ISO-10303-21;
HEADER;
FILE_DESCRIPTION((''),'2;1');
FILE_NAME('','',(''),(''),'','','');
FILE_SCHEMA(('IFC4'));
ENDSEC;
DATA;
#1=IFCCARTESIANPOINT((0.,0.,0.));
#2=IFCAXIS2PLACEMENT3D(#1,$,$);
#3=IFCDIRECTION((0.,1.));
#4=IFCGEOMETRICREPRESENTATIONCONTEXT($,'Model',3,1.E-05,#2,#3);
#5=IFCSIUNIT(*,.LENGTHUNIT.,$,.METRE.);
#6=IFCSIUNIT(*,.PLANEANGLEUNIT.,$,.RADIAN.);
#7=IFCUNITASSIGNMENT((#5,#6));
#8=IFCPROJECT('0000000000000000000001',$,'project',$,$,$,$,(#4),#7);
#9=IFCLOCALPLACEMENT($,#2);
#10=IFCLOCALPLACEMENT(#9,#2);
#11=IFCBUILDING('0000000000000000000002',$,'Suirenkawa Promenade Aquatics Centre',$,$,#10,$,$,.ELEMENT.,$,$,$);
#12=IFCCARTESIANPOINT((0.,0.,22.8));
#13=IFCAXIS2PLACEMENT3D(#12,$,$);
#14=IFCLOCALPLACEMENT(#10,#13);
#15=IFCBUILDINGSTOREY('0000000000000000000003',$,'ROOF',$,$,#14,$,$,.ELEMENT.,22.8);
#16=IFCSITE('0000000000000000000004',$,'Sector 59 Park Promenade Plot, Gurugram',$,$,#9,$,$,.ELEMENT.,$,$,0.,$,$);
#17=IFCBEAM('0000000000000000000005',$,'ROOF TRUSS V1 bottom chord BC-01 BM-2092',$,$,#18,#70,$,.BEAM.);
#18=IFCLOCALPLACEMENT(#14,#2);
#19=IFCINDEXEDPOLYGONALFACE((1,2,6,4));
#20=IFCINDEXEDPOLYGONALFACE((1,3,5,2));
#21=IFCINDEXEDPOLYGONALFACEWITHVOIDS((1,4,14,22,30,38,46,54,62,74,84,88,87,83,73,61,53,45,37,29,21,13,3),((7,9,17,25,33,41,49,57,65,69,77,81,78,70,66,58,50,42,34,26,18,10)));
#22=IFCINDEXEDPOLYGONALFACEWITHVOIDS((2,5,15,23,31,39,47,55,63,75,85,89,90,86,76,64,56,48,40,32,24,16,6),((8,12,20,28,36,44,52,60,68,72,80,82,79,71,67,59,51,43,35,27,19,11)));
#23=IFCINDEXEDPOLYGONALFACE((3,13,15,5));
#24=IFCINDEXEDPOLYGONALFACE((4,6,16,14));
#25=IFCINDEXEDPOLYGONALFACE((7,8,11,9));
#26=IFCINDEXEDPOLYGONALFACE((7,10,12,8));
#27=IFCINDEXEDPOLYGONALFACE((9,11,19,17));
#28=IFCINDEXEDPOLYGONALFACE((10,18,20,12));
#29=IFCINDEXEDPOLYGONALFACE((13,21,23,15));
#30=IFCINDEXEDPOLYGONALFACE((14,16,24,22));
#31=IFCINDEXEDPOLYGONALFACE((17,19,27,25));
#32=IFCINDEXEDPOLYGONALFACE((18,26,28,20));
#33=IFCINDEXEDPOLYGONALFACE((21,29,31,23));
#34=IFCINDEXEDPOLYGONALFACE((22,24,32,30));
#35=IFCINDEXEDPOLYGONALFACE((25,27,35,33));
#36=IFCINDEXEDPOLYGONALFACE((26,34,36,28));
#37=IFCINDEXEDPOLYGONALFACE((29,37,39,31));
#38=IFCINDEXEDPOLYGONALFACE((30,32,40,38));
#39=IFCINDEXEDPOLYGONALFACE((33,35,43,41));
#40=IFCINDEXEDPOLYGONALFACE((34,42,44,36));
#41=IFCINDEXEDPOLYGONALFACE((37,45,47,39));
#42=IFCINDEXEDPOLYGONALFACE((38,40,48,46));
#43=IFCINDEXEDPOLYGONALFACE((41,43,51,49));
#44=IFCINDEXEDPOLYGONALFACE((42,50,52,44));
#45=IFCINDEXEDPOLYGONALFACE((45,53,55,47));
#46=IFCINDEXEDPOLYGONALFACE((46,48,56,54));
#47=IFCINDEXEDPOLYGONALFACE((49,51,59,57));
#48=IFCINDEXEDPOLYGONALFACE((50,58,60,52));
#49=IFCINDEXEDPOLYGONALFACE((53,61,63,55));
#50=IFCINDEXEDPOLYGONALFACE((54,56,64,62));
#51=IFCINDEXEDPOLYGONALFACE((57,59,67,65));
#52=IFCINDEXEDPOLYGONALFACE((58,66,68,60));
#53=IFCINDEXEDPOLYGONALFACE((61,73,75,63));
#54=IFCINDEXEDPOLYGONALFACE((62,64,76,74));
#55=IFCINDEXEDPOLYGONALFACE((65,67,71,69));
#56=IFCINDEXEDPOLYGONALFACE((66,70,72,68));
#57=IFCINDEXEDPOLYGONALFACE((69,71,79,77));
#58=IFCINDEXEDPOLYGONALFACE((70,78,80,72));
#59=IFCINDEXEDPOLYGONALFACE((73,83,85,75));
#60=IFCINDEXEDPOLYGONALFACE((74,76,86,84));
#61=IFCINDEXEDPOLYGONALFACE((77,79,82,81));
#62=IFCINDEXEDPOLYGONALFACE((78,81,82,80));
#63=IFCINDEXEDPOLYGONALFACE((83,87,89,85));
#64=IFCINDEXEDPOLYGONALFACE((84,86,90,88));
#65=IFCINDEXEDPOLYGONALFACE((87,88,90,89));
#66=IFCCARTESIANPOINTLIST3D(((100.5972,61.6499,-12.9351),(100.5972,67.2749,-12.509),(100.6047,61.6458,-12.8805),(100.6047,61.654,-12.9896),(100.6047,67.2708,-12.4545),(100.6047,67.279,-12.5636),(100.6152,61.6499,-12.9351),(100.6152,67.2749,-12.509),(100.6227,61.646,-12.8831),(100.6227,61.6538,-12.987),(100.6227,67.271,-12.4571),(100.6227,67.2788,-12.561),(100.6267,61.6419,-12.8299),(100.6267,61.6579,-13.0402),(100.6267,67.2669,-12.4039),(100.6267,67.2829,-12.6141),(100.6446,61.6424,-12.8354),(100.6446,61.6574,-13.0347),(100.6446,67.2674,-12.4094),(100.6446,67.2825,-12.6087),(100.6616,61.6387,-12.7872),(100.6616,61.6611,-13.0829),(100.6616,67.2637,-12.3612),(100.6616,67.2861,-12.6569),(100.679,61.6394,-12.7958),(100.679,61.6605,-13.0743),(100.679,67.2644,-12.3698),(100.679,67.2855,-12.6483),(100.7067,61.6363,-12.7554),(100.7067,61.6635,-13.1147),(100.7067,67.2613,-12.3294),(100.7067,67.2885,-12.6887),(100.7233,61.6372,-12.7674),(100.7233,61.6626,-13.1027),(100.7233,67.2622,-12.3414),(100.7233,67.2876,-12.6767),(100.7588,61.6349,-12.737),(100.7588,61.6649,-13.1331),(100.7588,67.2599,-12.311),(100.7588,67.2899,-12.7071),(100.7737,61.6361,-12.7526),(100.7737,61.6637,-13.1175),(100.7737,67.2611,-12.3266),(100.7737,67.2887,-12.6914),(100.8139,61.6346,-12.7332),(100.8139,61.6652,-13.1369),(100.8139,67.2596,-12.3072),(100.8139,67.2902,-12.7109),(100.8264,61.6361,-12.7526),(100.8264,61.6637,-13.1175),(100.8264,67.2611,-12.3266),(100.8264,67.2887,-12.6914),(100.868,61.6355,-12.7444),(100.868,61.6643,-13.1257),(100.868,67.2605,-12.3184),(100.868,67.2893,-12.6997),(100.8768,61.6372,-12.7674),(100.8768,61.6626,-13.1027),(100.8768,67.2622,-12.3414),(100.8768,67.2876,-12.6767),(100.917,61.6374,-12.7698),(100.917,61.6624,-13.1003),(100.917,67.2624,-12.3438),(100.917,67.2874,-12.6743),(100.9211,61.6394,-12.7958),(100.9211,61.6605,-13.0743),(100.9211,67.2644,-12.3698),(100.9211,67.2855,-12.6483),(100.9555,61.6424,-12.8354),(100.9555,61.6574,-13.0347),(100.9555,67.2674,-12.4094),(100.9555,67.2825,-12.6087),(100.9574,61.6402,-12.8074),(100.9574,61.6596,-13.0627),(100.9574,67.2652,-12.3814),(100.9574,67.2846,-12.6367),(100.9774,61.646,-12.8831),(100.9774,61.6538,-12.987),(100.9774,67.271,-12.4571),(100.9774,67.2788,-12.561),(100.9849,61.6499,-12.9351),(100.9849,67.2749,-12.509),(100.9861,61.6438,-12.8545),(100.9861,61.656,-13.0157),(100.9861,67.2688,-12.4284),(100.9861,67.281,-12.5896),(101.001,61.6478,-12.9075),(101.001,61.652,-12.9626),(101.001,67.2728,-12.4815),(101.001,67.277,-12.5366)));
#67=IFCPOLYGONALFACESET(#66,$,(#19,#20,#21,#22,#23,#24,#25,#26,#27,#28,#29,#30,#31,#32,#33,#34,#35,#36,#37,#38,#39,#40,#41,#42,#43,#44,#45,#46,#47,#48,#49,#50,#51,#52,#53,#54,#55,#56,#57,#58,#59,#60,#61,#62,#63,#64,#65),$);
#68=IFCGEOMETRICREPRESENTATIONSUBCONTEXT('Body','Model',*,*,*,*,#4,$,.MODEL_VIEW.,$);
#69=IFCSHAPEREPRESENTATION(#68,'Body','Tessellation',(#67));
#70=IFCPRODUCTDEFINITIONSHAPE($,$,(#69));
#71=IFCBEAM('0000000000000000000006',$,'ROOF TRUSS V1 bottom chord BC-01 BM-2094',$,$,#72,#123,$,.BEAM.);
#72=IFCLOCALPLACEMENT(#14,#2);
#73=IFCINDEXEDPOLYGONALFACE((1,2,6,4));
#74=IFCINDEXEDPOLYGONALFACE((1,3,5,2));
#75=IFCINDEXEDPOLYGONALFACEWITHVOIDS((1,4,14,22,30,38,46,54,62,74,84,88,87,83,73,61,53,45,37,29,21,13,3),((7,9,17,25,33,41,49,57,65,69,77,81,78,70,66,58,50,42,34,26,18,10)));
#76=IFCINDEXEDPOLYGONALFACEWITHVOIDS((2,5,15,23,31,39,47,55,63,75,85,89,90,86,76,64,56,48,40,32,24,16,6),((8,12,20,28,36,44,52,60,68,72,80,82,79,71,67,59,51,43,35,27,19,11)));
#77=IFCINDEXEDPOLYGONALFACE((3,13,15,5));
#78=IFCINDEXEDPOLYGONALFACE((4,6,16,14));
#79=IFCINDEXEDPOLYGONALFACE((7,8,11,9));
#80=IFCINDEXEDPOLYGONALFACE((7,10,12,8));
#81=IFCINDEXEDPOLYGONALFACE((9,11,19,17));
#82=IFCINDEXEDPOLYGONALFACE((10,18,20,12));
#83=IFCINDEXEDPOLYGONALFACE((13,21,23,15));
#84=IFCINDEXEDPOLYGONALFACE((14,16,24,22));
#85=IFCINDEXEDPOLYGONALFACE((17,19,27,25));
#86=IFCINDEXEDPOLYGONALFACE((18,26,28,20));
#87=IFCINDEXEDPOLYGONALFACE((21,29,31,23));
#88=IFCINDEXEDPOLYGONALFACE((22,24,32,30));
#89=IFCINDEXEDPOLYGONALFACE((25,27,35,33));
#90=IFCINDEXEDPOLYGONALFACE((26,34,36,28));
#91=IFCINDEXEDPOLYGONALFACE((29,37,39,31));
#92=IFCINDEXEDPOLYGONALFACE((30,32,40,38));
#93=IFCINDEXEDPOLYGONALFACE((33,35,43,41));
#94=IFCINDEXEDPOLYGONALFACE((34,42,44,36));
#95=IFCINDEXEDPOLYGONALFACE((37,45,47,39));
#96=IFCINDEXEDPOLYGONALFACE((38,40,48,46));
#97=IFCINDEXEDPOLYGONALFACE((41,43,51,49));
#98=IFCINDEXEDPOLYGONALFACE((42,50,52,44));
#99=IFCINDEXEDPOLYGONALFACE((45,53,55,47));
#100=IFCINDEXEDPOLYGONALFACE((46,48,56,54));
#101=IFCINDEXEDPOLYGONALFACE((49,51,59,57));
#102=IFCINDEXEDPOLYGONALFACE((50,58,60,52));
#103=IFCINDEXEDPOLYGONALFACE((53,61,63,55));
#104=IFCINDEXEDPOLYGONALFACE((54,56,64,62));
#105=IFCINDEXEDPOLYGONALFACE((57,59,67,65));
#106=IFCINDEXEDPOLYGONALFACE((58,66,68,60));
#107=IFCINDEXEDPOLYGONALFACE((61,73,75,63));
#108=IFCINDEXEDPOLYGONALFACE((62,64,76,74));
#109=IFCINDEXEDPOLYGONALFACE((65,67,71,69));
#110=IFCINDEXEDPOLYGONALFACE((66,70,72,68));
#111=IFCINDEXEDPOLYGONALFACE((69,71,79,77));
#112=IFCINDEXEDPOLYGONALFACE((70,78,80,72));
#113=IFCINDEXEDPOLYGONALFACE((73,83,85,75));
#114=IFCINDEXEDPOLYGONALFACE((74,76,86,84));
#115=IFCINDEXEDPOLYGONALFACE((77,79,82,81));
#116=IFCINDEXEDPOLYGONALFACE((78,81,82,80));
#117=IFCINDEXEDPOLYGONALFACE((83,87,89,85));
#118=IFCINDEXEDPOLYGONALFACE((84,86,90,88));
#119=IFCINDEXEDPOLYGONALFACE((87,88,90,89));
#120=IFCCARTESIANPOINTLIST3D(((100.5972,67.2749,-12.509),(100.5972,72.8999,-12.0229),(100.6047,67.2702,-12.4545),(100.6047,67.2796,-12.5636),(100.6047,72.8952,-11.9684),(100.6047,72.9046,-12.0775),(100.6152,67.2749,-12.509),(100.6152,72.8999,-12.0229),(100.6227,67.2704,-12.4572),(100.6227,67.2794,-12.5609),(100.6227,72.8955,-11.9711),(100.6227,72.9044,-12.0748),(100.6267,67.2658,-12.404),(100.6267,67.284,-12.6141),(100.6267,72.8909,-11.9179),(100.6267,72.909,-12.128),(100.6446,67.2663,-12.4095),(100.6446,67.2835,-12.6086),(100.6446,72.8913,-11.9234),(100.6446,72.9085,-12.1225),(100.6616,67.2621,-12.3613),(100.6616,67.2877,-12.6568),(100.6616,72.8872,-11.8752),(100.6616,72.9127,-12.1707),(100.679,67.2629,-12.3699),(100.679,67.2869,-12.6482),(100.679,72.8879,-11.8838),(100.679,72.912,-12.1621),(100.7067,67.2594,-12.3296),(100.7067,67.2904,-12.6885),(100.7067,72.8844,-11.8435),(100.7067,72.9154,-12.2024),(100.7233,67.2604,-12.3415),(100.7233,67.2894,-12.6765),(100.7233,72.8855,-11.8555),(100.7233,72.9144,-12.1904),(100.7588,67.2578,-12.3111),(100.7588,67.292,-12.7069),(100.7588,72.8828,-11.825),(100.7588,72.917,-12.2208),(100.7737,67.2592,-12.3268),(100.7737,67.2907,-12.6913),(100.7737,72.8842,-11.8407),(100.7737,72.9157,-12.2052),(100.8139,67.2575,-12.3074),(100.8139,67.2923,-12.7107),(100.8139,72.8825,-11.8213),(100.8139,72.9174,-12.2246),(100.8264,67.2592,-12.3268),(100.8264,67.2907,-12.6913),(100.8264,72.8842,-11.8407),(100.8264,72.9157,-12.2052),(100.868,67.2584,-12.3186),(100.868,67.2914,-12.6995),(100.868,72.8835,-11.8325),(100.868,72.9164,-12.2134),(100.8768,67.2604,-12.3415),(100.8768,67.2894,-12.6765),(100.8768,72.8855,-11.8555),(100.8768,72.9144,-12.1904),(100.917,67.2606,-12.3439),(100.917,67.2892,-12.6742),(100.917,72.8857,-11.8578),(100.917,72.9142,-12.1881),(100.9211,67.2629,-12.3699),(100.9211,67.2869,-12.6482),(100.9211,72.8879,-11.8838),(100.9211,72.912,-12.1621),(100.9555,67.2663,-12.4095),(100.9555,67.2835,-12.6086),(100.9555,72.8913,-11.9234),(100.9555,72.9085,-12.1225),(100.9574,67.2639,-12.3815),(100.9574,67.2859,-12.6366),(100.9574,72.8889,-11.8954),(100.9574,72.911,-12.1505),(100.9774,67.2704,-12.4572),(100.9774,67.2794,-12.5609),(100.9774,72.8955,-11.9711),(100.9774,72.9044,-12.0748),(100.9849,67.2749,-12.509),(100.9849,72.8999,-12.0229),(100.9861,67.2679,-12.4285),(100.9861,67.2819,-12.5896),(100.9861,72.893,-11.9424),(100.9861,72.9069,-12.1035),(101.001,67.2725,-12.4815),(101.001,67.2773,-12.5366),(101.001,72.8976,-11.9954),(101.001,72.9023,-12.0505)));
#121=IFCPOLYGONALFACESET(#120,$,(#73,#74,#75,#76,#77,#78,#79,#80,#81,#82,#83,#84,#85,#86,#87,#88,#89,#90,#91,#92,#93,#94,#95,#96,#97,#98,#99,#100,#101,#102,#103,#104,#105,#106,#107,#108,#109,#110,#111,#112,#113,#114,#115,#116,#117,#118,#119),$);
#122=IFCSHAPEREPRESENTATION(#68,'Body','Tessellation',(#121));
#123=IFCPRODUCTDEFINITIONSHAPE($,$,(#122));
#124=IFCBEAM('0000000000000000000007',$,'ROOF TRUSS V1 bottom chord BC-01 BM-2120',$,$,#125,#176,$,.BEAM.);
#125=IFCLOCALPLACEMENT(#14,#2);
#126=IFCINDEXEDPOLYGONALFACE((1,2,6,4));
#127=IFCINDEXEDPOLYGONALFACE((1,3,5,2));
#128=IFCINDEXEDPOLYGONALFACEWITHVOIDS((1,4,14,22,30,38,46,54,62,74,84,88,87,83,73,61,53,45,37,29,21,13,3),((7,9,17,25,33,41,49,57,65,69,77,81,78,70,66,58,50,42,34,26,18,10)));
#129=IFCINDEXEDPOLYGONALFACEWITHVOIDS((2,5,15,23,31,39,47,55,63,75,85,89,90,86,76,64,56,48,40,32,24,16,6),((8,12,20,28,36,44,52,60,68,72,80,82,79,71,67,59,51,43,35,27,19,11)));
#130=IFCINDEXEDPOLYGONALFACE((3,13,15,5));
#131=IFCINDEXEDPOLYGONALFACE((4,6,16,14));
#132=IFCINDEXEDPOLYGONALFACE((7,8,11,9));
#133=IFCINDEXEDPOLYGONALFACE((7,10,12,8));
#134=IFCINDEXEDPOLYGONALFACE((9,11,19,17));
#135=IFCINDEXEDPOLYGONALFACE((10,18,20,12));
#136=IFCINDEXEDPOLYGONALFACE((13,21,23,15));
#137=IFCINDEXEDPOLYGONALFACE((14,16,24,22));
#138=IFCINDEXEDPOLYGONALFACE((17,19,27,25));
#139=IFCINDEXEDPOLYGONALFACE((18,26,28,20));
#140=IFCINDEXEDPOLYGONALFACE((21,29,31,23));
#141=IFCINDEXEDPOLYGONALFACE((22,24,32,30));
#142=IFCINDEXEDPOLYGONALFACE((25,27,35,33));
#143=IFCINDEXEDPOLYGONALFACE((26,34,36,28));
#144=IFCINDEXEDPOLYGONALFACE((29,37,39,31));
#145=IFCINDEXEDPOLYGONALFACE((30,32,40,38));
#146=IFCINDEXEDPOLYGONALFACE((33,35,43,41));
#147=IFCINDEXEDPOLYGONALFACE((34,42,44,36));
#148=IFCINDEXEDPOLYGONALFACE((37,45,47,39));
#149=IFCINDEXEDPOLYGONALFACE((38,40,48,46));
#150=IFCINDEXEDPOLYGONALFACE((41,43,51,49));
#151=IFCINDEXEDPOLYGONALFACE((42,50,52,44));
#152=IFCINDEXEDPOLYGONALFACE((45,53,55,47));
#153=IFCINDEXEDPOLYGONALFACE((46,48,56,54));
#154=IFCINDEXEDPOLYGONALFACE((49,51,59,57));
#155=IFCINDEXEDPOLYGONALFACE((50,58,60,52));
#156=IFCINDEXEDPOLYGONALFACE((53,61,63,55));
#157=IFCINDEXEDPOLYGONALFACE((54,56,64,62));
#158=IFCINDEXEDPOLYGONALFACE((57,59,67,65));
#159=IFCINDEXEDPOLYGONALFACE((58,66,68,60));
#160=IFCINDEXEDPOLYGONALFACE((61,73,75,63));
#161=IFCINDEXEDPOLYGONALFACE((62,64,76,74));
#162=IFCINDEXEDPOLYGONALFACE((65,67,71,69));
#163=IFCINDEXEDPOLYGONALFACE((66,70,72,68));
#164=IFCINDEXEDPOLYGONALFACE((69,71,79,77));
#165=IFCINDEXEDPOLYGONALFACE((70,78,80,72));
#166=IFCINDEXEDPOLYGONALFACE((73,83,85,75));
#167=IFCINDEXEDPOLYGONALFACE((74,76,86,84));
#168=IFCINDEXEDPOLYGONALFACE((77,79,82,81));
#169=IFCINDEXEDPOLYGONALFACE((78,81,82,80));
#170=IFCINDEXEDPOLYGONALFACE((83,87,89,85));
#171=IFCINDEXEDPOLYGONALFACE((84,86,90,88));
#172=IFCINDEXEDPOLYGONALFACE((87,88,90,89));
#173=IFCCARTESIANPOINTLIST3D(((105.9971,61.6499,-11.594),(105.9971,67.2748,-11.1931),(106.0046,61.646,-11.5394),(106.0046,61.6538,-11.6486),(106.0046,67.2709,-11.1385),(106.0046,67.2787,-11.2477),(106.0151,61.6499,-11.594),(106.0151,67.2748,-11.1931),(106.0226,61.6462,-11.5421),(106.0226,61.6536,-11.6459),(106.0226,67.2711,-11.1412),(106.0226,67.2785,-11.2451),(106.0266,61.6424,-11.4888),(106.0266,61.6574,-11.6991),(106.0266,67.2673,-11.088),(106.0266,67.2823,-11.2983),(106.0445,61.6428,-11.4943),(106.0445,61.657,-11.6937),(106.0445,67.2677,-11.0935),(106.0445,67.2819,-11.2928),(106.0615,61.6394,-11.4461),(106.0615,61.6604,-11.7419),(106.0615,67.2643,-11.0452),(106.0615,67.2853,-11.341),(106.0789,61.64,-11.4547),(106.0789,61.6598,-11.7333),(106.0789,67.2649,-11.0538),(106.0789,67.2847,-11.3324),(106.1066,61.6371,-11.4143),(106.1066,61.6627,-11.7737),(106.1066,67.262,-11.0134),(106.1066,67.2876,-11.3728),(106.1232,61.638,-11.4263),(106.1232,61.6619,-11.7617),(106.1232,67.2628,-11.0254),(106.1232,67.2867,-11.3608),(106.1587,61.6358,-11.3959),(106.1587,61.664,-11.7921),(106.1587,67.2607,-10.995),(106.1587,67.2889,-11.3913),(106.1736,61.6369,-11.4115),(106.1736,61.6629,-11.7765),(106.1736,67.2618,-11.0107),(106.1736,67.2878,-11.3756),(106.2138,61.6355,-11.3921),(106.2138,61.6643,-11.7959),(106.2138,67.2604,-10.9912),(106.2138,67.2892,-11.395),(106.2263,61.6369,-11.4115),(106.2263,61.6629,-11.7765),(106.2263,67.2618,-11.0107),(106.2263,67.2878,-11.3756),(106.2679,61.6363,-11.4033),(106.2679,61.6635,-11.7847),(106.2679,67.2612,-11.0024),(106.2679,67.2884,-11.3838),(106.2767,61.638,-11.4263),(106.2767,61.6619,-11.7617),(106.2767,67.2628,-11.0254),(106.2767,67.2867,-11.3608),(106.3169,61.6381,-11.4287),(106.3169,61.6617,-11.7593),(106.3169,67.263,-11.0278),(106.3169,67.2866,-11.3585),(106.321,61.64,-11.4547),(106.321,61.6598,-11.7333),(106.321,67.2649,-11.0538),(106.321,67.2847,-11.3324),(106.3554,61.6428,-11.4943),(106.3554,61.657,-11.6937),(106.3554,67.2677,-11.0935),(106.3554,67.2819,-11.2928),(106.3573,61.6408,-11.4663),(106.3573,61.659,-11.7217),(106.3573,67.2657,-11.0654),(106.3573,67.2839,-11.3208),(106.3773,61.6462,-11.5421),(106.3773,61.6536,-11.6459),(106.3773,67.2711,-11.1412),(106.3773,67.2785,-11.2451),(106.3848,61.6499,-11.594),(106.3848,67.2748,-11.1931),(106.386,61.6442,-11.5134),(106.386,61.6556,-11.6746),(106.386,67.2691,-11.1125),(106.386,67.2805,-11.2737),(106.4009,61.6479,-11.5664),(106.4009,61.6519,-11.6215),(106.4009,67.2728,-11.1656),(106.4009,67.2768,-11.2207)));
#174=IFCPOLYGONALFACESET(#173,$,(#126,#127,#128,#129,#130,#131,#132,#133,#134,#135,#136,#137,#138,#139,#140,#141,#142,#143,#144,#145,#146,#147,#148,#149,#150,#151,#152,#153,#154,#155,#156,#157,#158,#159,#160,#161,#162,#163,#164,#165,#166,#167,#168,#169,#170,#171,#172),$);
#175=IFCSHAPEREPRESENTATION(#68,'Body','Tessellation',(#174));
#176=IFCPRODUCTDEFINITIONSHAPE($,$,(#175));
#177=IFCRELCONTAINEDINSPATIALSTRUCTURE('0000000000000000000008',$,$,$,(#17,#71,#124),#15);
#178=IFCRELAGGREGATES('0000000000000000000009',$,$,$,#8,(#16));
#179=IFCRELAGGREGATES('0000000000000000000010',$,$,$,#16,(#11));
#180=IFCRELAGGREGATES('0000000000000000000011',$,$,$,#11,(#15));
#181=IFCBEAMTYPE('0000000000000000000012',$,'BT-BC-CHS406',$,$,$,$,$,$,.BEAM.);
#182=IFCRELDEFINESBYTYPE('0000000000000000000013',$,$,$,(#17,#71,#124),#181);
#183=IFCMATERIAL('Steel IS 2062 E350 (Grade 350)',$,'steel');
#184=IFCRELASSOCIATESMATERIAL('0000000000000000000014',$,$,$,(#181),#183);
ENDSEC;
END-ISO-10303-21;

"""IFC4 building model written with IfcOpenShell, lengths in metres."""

from ifc_helpers import new_model, si_unit, direction, frame, origin, origin_2d, place, context, subcontext, project, spatial, hollow_circle, extrude, material, material_profile, profile_set, type_object, element, save


model = new_model("IFC4")

# Units and contexts
model_context = context("Model", 3, precision=1e-05, world=origin(), true_north=direction((0.0, 1.0)))
body_context = subcontext(model_context, "Body", "Model", "MODEL_VIEW")
ifc_project = project(units=[si_unit("LENGTHUNIT", "METRE"), si_unit("PLANEANGLEUNIT", "RADIAN")], contexts=[model_context])

# Site, building, storey
site_placement = place(None, origin())
site = spatial("IfcSite", under=ifc_project, at=site_placement, Name="Sector 59 Park Promenade Plot, Gurugram", CompositionType="ELEMENT", RefElevation=0.0)
building_placement = place(site_placement, origin())
building = spatial("IfcBuilding", under=site, at=building_placement, Name="Suirenkawa Promenade Aquatics Centre", CompositionType="ELEMENT")
storey_placement = place(building_placement, frame((0.0, 0.0, 22.8)))
storey = spatial("IfcBuildingStorey", under=building, at=storey_placement, Name="ROOF", CompositionType="ELEMENT", Elevation=22.8)

# Beams
ifc_material = material(Name="Steel IS 2062 E350 (Grade 350)", Category="steel")
ifc_material_profile_1 = material_profile(ifc_material, hollow_circle(Radius=0.2029, WallThickness=0.0181, at=origin_2d()), Name="CHS 406x18", Category="steel")
ifc_profile_set_1 = profile_set([ifc_material_profile_1], Name="Steel IS 2062 E350 (Grade 350)")
beam_type_1 = type_object("IfcBeamType", Name="BT-BC-CHS406", PredefinedType="BEAM", material=ifc_profile_set_1)
beam_1_placement = place(storey_placement, frame((100.8, 61.6499, -12.9351), z_axis=(0.0, 0.997144, 0.075522), x_axis=(-1.0, 0.0, 0.0)))
element("IfcBeam", 1, at=beam_1_placement, inside=storey, type_object=beam_type_1, Name="ROOF TRUSS V1 bottom chord BC-01 BM-2092", PredefinedType="BEAM", context=body_context, shape_type="SweptSolid", body=[
    extrude(hollow_circle(Radius=0.2029, WallThickness=0.0181, at=origin_2d()), origin(), (0.0, 0.0, 1.0), 5.6411),
])
beam_2_placement = place(storey_placement, frame((100.8, 67.2749, -12.509), z_axis=(0.0, 0.996287, 0.086094), x_axis=(-1.0, 0.0, 0.0)))
element("IfcBeam", 2, at=beam_2_placement, inside=storey, type_object=beam_type_1, Name="ROOF TRUSS V1 bottom chord BC-01 BM-2094", PredefinedType="BEAM", context=body_context, shape_type="SweptSolid", body=[
    extrude(hollow_circle(Radius=0.2029, WallThickness=0.0181, at=origin_2d()), origin(), (0.0, 0.0, 1.0), 5.646),
])
beam_3_placement = place(storey_placement, frame((106.2, 61.6499, -11.594), z_axis=(0.0, 0.99747, 0.071087), x_axis=(-1.0, 0.0, 0.0)))
element("IfcBeam", 3, at=beam_3_placement, inside=storey, type_object=beam_type_1, Name="ROOF TRUSS V1 bottom chord BC-01 BM-2120", PredefinedType="BEAM", context=body_context, shape_type="SweptSolid", body=[
    extrude(hollow_circle(Radius=0.2029, WallThickness=0.0181, at=origin_2d()), origin(), (0.0, 0.0, 1.0), 5.6392),
])

save(model, "model.ifc")
